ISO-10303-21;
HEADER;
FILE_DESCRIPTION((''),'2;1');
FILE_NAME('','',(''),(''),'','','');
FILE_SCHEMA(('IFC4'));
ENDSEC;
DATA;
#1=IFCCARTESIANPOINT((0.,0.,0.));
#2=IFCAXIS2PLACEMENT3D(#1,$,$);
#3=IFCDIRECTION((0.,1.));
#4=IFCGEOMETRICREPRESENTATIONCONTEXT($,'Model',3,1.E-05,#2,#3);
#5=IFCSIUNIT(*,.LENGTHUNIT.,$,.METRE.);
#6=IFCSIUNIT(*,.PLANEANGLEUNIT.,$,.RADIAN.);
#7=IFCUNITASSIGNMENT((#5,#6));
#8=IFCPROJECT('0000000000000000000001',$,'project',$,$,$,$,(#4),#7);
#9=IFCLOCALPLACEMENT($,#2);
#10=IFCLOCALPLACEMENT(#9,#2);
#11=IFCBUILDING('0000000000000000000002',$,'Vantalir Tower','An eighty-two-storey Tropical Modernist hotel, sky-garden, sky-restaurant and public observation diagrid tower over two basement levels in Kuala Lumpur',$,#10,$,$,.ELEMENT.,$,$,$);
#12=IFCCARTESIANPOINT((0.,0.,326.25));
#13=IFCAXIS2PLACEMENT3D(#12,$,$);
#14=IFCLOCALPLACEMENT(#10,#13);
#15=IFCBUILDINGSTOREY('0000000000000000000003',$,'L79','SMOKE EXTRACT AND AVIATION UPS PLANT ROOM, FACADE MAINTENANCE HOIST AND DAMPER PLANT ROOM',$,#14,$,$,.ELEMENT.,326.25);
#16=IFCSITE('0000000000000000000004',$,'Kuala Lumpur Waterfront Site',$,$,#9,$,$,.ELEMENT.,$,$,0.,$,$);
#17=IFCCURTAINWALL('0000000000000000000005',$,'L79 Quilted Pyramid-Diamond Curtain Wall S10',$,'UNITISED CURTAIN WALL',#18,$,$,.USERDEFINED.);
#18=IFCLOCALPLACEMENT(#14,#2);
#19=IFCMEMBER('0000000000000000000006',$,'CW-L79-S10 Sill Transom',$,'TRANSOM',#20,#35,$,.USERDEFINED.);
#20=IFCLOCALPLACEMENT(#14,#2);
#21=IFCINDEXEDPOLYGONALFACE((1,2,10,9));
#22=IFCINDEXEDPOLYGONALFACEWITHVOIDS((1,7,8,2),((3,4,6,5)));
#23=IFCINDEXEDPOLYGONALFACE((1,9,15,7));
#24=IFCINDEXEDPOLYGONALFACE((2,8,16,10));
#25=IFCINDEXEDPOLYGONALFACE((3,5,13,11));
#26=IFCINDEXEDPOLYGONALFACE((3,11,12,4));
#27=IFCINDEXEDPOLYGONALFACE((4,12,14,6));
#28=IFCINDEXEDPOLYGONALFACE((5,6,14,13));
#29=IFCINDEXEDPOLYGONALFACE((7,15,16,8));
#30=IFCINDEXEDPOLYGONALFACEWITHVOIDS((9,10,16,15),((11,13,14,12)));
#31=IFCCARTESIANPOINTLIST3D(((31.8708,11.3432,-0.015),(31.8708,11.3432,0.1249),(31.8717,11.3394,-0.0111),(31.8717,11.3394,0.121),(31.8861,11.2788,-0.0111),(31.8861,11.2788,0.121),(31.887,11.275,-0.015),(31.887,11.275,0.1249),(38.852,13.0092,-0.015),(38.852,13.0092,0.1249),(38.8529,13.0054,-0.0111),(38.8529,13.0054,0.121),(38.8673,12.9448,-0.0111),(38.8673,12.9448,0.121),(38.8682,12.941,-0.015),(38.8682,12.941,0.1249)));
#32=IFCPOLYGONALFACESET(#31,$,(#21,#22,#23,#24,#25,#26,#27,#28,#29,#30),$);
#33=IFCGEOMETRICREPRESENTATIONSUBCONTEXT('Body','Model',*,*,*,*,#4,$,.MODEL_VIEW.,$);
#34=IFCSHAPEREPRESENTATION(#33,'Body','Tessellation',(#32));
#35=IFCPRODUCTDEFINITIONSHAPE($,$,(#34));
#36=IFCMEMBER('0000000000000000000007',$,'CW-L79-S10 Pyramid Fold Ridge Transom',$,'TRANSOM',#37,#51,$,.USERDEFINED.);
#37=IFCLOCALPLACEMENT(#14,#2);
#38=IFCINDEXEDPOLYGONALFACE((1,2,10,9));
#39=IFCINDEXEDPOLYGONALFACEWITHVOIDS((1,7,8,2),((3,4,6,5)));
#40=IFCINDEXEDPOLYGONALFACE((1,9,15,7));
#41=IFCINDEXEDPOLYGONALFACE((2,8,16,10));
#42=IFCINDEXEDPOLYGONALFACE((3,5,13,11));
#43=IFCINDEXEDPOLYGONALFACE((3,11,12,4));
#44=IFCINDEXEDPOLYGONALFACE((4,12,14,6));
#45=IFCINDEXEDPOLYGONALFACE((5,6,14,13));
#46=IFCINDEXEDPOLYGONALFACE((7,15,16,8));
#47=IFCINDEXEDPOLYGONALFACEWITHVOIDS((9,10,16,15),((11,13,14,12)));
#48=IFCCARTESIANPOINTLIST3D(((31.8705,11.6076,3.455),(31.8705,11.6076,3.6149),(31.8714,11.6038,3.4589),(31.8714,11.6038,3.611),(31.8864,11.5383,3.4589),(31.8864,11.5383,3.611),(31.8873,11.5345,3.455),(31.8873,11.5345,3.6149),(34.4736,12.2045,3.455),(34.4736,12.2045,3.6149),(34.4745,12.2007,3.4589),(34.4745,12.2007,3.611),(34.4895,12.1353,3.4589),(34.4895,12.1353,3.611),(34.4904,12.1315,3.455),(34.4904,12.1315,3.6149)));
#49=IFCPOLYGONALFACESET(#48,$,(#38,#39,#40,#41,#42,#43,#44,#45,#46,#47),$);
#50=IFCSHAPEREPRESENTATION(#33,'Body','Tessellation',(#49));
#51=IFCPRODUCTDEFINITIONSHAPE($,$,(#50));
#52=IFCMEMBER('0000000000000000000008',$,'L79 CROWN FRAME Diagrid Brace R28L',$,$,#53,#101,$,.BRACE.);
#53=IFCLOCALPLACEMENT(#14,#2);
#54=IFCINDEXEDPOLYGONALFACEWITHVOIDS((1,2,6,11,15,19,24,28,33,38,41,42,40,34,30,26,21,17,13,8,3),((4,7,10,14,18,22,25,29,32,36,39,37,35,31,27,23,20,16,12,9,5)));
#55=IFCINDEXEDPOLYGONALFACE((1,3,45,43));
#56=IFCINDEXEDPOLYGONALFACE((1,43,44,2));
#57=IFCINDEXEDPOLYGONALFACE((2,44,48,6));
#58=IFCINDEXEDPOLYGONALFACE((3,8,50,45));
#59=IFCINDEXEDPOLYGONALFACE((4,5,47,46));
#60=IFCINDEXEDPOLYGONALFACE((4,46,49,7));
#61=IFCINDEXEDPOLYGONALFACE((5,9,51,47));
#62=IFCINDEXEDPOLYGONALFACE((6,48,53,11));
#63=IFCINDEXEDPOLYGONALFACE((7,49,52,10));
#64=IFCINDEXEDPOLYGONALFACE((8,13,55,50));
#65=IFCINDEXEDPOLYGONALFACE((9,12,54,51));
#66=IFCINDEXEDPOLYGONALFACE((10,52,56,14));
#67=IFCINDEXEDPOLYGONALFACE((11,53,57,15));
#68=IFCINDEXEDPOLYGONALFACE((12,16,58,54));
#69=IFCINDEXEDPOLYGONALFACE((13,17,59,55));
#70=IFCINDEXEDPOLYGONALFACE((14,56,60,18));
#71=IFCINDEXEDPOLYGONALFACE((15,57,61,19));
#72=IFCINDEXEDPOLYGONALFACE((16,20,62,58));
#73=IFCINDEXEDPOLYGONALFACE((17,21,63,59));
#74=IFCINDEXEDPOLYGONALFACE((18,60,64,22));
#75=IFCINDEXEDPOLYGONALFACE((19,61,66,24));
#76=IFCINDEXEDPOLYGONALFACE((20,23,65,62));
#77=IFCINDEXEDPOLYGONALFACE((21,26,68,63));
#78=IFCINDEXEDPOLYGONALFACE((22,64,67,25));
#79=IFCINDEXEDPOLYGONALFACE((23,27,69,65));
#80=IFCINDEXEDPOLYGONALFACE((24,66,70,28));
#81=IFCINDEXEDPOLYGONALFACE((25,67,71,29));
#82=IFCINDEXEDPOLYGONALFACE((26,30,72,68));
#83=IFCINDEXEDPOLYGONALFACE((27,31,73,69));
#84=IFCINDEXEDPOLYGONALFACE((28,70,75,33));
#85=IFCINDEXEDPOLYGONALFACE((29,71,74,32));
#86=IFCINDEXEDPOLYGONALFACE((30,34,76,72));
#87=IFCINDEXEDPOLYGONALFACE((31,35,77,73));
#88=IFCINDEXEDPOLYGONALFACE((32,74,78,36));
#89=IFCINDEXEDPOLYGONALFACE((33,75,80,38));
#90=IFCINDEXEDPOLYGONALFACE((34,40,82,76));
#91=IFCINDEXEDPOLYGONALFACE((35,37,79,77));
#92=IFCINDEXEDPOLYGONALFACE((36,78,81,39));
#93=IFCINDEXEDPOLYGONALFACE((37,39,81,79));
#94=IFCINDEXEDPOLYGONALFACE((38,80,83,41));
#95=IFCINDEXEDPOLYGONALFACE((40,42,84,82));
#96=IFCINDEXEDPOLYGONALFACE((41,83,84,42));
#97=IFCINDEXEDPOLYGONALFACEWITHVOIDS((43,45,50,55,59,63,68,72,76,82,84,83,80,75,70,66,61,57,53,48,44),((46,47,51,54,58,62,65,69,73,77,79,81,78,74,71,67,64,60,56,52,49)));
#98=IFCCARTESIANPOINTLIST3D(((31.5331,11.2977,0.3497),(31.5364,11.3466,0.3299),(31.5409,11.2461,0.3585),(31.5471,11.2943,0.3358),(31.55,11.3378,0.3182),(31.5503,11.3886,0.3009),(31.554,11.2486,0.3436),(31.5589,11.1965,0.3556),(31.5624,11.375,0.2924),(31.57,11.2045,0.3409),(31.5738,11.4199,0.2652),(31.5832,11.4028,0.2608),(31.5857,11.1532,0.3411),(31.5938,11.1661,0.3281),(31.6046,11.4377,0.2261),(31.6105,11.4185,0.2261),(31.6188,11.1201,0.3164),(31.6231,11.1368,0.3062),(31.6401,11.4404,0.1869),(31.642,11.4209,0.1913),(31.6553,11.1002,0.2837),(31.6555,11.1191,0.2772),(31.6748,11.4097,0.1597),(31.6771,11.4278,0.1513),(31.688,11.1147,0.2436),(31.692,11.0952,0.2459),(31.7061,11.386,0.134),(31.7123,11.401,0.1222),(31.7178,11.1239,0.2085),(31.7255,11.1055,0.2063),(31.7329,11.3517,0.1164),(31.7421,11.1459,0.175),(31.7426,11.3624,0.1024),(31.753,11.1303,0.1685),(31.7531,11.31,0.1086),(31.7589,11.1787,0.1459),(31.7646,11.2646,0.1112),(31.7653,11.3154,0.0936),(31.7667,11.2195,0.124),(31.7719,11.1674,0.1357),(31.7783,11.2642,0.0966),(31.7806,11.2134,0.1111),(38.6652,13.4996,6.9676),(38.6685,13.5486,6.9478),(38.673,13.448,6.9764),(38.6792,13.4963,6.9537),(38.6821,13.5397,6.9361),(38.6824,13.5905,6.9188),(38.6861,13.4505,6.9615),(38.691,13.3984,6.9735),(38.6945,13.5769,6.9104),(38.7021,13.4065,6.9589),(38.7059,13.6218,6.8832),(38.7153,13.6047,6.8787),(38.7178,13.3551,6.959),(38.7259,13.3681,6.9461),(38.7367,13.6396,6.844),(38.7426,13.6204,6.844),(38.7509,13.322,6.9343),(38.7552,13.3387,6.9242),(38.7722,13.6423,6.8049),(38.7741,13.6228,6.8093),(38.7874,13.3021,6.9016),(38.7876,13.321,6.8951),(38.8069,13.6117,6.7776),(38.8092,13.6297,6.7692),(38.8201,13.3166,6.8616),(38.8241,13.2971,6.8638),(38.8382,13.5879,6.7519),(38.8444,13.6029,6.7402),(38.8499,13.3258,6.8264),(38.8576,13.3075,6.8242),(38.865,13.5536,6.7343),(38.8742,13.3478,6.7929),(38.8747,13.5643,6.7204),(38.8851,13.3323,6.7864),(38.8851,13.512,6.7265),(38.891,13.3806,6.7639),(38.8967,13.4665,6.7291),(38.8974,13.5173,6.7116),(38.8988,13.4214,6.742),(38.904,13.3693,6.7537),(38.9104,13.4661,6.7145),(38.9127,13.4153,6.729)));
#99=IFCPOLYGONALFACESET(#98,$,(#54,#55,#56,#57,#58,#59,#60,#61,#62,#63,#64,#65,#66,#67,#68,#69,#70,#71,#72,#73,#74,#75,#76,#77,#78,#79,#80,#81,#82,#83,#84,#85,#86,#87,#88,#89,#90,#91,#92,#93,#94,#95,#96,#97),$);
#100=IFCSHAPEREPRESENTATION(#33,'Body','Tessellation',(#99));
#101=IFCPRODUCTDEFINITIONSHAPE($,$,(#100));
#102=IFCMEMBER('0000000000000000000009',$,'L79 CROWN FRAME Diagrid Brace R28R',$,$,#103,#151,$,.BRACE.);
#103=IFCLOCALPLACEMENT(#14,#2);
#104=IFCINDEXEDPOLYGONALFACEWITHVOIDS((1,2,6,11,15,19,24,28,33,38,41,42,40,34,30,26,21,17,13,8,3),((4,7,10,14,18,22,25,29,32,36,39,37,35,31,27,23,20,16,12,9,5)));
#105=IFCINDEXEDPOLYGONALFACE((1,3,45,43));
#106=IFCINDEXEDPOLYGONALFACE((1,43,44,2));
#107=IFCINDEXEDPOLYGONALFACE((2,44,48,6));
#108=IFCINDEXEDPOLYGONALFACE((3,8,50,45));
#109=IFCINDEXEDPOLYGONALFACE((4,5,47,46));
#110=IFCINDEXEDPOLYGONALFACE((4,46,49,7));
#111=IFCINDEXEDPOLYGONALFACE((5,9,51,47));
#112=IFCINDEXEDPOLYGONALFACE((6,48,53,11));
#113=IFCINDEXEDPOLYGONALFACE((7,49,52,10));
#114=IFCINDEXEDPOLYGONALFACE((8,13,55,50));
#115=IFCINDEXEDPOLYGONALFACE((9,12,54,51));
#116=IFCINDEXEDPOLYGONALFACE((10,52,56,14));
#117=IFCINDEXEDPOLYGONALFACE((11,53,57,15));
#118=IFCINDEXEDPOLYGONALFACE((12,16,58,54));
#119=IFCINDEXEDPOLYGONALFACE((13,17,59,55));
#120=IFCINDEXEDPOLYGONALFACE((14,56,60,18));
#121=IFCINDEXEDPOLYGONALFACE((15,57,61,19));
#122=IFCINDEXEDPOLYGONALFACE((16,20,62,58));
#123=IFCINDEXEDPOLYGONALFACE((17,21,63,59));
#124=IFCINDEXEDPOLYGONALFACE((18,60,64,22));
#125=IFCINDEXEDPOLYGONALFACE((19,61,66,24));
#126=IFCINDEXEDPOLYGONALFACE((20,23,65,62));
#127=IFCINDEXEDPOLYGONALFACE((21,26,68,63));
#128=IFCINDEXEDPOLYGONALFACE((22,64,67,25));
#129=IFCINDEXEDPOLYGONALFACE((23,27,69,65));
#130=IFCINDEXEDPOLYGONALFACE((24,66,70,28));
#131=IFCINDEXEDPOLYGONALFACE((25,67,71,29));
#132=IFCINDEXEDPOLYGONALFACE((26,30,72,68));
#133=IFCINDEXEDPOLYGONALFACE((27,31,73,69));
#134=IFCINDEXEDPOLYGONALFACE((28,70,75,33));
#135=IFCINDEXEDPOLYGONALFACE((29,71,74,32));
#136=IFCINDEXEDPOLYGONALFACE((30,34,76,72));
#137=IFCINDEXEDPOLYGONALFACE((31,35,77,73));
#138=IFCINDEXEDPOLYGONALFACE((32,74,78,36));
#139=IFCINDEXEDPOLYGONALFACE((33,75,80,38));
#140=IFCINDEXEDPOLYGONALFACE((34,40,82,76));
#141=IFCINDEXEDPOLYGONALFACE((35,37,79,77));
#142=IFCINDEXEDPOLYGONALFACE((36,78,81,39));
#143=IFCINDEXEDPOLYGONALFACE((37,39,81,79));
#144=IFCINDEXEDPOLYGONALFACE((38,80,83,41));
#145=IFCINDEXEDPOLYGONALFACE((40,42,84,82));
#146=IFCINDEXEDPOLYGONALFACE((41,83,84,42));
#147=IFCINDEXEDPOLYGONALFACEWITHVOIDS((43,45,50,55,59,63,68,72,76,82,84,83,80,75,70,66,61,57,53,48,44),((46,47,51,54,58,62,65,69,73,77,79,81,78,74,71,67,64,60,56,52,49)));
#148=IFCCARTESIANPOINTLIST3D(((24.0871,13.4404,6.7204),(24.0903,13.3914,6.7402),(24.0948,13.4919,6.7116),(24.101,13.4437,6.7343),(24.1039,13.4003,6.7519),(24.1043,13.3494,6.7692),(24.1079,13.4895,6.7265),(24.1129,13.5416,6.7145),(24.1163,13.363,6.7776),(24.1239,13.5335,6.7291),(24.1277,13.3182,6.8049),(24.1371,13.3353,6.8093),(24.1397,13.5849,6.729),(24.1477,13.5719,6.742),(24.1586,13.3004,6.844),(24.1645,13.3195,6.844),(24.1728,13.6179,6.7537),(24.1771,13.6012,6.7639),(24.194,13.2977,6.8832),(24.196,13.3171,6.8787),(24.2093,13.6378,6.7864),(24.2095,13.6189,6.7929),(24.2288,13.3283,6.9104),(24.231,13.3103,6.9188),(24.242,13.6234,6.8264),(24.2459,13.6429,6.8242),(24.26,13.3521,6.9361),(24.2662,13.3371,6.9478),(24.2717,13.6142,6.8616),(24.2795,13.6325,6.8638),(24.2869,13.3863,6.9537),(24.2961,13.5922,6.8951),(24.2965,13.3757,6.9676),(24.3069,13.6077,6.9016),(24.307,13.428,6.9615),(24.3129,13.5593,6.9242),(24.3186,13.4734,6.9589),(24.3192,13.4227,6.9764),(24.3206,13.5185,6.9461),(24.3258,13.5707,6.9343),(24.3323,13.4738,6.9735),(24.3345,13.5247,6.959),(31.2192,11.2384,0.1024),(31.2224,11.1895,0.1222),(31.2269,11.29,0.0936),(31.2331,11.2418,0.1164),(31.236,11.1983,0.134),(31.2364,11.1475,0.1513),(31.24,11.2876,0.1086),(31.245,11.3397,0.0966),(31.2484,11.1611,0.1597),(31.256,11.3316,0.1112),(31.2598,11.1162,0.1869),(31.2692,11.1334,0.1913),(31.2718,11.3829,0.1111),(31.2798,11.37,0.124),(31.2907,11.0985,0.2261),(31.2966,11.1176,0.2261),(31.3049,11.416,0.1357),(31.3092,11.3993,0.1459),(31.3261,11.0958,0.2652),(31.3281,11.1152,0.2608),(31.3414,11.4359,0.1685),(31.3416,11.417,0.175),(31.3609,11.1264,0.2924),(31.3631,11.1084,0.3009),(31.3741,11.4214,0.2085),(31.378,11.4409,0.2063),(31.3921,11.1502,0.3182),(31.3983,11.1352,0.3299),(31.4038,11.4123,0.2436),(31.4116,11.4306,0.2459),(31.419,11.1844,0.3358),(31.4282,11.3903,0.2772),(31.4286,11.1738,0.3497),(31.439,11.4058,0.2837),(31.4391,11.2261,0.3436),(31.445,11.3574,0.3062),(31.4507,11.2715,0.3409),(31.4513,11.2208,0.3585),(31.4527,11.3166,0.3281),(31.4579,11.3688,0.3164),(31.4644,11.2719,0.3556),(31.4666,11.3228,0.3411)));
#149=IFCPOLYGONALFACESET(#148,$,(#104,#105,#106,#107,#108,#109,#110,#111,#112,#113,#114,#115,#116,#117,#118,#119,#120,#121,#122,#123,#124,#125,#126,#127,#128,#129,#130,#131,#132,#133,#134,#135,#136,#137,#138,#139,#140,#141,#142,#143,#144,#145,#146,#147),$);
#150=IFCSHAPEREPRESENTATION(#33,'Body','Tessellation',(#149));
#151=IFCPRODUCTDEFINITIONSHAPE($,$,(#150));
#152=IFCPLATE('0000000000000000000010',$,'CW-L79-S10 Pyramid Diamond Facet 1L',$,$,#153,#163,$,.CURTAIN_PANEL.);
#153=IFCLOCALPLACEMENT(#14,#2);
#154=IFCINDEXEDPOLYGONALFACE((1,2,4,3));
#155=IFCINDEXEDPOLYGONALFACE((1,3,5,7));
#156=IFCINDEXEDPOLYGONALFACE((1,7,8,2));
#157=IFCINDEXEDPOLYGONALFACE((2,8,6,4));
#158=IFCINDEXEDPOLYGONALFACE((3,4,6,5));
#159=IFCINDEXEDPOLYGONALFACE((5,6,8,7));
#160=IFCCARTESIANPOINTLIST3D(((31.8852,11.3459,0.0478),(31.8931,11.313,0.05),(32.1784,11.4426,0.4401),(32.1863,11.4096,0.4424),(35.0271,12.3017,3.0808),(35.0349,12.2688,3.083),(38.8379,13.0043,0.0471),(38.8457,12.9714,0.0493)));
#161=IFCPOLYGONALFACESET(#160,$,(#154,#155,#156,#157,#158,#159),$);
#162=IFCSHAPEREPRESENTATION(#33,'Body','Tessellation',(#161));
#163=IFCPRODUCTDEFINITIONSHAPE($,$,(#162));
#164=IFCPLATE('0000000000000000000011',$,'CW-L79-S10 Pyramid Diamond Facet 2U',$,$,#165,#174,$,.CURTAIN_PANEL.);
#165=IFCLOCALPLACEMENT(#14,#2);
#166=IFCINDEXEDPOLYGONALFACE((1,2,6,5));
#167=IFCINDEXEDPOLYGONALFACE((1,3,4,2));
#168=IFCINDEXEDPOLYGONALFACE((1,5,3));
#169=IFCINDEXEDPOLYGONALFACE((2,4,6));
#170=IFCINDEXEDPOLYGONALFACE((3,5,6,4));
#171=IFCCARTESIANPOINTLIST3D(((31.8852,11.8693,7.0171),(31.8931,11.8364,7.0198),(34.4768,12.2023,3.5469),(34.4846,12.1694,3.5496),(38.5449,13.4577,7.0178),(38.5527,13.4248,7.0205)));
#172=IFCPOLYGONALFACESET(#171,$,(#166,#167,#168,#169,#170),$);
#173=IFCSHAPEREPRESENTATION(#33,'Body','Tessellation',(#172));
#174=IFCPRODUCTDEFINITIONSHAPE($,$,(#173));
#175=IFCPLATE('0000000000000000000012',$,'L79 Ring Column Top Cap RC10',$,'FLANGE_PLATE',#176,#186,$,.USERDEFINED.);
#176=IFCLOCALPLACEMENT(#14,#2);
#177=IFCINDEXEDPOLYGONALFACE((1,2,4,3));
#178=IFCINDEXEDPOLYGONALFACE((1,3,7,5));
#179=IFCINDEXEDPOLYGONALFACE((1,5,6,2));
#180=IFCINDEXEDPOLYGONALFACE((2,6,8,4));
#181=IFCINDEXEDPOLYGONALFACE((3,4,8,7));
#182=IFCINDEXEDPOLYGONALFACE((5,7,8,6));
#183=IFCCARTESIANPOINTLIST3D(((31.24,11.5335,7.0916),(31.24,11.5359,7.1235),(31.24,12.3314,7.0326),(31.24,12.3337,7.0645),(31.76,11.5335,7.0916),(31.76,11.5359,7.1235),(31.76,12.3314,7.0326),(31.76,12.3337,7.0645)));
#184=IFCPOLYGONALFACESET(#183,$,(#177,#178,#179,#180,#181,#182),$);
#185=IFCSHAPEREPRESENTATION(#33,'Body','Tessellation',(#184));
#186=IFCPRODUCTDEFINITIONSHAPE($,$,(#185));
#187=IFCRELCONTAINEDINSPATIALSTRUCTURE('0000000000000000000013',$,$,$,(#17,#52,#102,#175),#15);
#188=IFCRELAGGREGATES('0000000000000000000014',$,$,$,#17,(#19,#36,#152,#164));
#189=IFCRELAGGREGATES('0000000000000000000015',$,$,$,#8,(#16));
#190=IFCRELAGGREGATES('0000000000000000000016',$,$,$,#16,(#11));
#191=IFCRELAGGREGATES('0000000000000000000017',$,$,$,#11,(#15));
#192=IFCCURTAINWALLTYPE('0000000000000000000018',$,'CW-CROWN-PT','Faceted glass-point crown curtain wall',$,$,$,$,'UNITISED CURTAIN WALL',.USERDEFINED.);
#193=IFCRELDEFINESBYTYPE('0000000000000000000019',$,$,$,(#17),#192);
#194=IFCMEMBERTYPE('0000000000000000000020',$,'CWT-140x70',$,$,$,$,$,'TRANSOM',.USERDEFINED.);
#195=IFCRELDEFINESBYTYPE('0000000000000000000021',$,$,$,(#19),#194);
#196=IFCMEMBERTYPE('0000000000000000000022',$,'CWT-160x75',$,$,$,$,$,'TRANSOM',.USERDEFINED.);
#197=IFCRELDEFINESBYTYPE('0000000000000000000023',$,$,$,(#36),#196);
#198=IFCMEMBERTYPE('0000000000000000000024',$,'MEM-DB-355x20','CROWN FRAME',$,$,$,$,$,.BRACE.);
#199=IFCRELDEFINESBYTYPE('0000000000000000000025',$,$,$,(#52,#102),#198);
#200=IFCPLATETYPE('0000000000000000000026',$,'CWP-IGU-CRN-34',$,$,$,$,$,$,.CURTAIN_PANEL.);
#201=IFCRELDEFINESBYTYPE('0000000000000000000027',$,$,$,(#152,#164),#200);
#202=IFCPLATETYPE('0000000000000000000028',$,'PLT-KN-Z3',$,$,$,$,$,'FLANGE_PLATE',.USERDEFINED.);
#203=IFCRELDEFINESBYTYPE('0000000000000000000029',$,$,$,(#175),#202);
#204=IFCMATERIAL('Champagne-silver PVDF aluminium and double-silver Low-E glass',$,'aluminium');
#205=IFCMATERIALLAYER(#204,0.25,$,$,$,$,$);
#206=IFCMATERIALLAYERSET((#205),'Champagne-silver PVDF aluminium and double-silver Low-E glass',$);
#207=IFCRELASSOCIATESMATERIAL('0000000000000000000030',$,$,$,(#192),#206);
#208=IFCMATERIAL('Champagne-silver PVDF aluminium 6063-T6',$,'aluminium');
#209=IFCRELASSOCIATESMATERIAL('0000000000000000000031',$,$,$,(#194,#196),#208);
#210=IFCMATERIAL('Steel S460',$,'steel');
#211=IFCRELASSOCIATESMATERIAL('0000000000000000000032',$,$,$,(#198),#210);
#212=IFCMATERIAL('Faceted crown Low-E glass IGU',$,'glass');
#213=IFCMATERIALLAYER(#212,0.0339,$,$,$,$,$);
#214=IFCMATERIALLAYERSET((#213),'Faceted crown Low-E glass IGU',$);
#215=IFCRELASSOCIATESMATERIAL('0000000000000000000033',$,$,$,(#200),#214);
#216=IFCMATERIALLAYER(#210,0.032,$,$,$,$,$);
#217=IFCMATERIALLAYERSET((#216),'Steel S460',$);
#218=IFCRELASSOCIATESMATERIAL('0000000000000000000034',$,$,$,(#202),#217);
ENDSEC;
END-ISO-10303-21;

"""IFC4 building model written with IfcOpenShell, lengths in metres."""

from ifc_helpers import new_model, si_unit, direction, frame, origin, origin_2d, place, context, subcontext, project, spatial, polyline, hollow_rectangle, hollow_circle, outline, extrude, material, layer, layer_set, material_profile, profile_set, type_object, element, aggregate, save


model = new_model("IFC4")

# Units and contexts
model_context = context("Model", 3, precision=1e-05, world=origin(), true_north=direction((0.0, 1.0)))
body_context = subcontext(model_context, "Body", "Model", "MODEL_VIEW")
ifc_project = project(units=[si_unit("LENGTHUNIT", "METRE"), si_unit("PLANEANGLEUNIT", "RADIAN")], contexts=[model_context])

# Site, building, storey
site_placement = place(None, origin())
site = spatial("IfcSite", under=ifc_project, at=site_placement, Name="Kuala Lumpur Waterfront Site", CompositionType="ELEMENT", RefElevation=0.0)
building_placement = place(site_placement, origin())
building = spatial("IfcBuilding", under=site, at=building_placement, Name="Vantalir Tower", Description="An eighty-two-storey Tropical Modernist hotel, sky-garden, sky-restaurant and public observation diagrid tower over two basement levels in Kuala Lumpur", CompositionType="ELEMENT")
storey_placement = place(building_placement, frame((0.0, 0.0, 326.25)))
storey = spatial("IfcBuildingStorey", under=building, at=storey_placement, Name="L79", Description="SMOKE EXTRACT AND AVIATION UPS PLANT ROOM, FACADE MAINTENANCE HOIST AND DAMPER PLANT ROOM", CompositionType="ELEMENT", Elevation=326.25)

# Shared definitions
ifc_material_1 = material(Name="Steel S460", Category="steel")

# Shared definitions
ifc_material_2 = material(Name="Champagne-silver PVDF aluminium and double-silver Low-E glass", Category="aluminium")
ifc_layer_1 = layer(ifc_material_2, 0.25)
ifc_layer_set_1 = layer_set([ifc_layer_1], Name="Champagne-silver PVDF aluminium and double-silver Low-E glass")
curtain_wall_type = type_object("IfcCurtainWallType", Name="CW-CROWN-PT", Description="Faceted glass-point crown curtain wall", ElementType="UNITISED CURTAIN WALL", PredefinedType="USERDEFINED", material=ifc_layer_set_1)
ifc_material_3 = material(Name="Champagne-silver PVDF aluminium 6063-T6", Category="aluminium")

# Curtain wall, members
curtain_wall_1_placement = place(storey_placement, origin())
curtain_wall_1 = element("IfcCurtainWall", 1, at=curtain_wall_1_placement, inside=storey, type_object=curtain_wall_type, Name="L79 Quilted Pyramid-Diamond Curtain Wall S10", ObjectType="UNITISED CURTAIN WALL", PredefinedType="USERDEFINED")
ifc_material_profile_1 = material_profile(ifc_material_3, hollow_rectangle(XDim=0.0701, YDim=0.1399, WallThickness=0.0039, at=origin_2d()), Name="Champagne-silver PVDF aluminium 6063-T6")
ifc_profile_set_1 = profile_set([ifc_material_profile_1], Name="Champagne-silver PVDF aluminium 6063-T6")
member_type_1 = type_object("IfcMemberType", Name="CWT-140x70", ElementType="TRANSOM", PredefinedType="USERDEFINED", material=ifc_profile_set_1)
member_1_placement = place(storey_placement, frame((31.8789, 11.3091, 0.0549), z_axis=(0.972686, 0.232125, 0.0), x_axis=(-0.232125, 0.972686, 0.0)))
member_1 = element("IfcMember", 2, at=member_1_placement, type_object=member_type_1, Name="CW-L79-S10 Sill Transom", ObjectType="TRANSOM", PredefinedType="USERDEFINED", context=body_context, shape_type="SweptSolid", body=[
    extrude(hollow_rectangle(XDim=0.0701, YDim=0.1399, WallThickness=0.0039, at=origin_2d()), origin(), (0.0, 0.0, 1.0), 7.1772),
])
ifc_material_profile_2 = material_profile(ifc_material_3, hollow_rectangle(XDim=0.075, YDim=0.1599, WallThickness=0.0039, at=origin_2d()), Name="Champagne-silver PVDF aluminium 6063-T6")
ifc_profile_set_2 = profile_set([ifc_material_profile_2], Name="Champagne-silver PVDF aluminium 6063-T6")
member_type_2 = type_object("IfcMemberType", Name="CWT-160x75", ElementType="TRANSOM", PredefinedType="USERDEFINED", material=ifc_profile_set_2)
member_2_placement = place(storey_placement, frame((31.8789, 11.571, 3.5349), z_axis=(0.9747, 0.223517, 0.0), x_axis=(-0.223517, 0.9747, 0.0)))
member_2 = element("IfcMember", 3, at=member_2_placement, type_object=member_type_2, Name="CW-L79-S10 Pyramid Fold Ridge Transom", ObjectType="TRANSOM", PredefinedType="USERDEFINED", context=body_context, shape_type="SweptSolid", body=[
    extrude(hollow_rectangle(XDim=0.075, YDim=0.1599, WallThickness=0.0039, at=origin_2d()), origin(), (0.0, 0.0, 1.0), 2.6707),
])

# Members
ifc_material_profile_3 = material_profile(ifc_material_1, hollow_circle(Radius=0.1775, WallThickness=0.02, at=origin_2d()), Name="Steel S460")
ifc_profile_set_3 = profile_set([ifc_material_profile_3], Name="Steel S460")
member_type_3 = type_object("IfcMemberType", Name="MEM-DB-355x20", Description="CROWN FRAME", PredefinedType="BRACE", material=ifc_profile_set_3)
for number, where, z_axis, x_axis, name in (
    (4, (31.657, 11.2681, 0.2261), (0.714955, 0.22073, 0.663413), (-0.294994, 0.955499, 0.0), "L79 CROWN FRAME Diagrid Brace R28L"),
    (5, (31.343, 11.2681, 0.2261), (-0.714955, 0.22073, 0.663413), (-0.294994, -0.955499, 0.0), "L79 CROWN FRAME Diagrid Brace R28R"),
):
    element("IfcMember", number, at=place(storey_placement, frame(where, z_axis=z_axis, x_axis=x_axis)), inside=storey, type_object=member_type_3, Name=name, PredefinedType="BRACE", context=body_context, shape_type="SweptSolid", body=[
        extrude(hollow_circle(Radius=0.1775, WallThickness=0.02, at=origin_2d()), origin(), (0.0, 0.0, 1.0), 9.9756),
    ])

# Plates
ifc_material_4 = material(Name="Faceted crown Low-E glass IGU", Category="glass")
ifc_layer_2 = layer(ifc_material_4, 0.0339)
ifc_layer_set_2 = layer_set([ifc_layer_2], Name="Faceted crown Low-E glass IGU")
plate_type_1 = type_object("IfcPlateType", Name="CWP-IGU-CRN-34", PredefinedType="CURTAIN_PANEL", material=ifc_layer_set_2)
plate_1_placement = place(storey_placement, frame((31.8931, 11.313, 0.05), z_axis=(0.23152, -0.970586, 0.06604), x_axis=(0.972711, 0.23202, -0.000102)))
plate_1 = element("IfcPlate", 6, at=plate_1_placement, type_object=plate_type_1, Name="CW-L79-S10 Pyramid Diamond Facet 1L", PredefinedType="CURTAIN_PANEL", context=body_context, shape_type="SweptSolid", body=[
    extrude(outline(polyline([(0.0, 0.0), (7.1477, 0.0), (3.2776, 3.0399), (0.3076, 0.3932), (0.0, 0.0)])), origin(), (0.0, 0.0, -1.0), 0.0339),
])
plate_2_placement = place(storey_placement, frame((38.5527, 13.4248, 7.0205), z_axis=(0.231254, -0.969627, 0.079653), x_axis=(-0.972716, -0.232, -0.000107)))
plate_2 = element("IfcPlate", 7, at=plate_2_placement, type_object=plate_type_1, Name="CW-L79-S10 Pyramid Diamond Facet 2U", PredefinedType="CURTAIN_PANEL", context=body_context, shape_type="SweptSolid", body=[
    extrude(outline(polyline([(0.0, 0.0), (6.8465, 0.0), (4.2487, 3.4816), (0.0, 0.0)])), origin(), (0.0, 0.0, -1.0), 0.0339),
])
aggregate(curtain_wall_1, [member_1, member_2, plate_1, plate_2])

# Plate
ifc_layer_3 = layer(ifc_material_1, 0.032)
ifc_layer_set_3 = layer_set([ifc_layer_3], Name="Steel S460")
plate_type_2 = type_object("IfcPlateType", Name="PLT-KN-Z3", ElementType="FLANGE_PLATE", PredefinedType="USERDEFINED", material=ifc_layer_set_3)
plate_3_placement = place(storey_placement, frame((31.24, 12.3337, 7.0645), z_axis=(0.0, 0.073849, 0.997269), x_axis=(0.0, -0.997269, 0.073849)))
element("IfcPlate", 8, at=plate_3_placement, inside=storey, type_object=plate_type_2, Name="L79 Ring Column Top Cap RC10", ObjectType="FLANGE_PLATE", PredefinedType="USERDEFINED", context=body_context, shape_type="SweptSolid", body=[
    extrude(outline(polyline([(0.0, 0.0), (0.8, 0.0), (0.8, 0.52), (0.0, 0.52), (0.0, 0.0)])), origin(), (0.0, 0.0, -1.0), 0.032),
])

save(model, "model.ifc")
